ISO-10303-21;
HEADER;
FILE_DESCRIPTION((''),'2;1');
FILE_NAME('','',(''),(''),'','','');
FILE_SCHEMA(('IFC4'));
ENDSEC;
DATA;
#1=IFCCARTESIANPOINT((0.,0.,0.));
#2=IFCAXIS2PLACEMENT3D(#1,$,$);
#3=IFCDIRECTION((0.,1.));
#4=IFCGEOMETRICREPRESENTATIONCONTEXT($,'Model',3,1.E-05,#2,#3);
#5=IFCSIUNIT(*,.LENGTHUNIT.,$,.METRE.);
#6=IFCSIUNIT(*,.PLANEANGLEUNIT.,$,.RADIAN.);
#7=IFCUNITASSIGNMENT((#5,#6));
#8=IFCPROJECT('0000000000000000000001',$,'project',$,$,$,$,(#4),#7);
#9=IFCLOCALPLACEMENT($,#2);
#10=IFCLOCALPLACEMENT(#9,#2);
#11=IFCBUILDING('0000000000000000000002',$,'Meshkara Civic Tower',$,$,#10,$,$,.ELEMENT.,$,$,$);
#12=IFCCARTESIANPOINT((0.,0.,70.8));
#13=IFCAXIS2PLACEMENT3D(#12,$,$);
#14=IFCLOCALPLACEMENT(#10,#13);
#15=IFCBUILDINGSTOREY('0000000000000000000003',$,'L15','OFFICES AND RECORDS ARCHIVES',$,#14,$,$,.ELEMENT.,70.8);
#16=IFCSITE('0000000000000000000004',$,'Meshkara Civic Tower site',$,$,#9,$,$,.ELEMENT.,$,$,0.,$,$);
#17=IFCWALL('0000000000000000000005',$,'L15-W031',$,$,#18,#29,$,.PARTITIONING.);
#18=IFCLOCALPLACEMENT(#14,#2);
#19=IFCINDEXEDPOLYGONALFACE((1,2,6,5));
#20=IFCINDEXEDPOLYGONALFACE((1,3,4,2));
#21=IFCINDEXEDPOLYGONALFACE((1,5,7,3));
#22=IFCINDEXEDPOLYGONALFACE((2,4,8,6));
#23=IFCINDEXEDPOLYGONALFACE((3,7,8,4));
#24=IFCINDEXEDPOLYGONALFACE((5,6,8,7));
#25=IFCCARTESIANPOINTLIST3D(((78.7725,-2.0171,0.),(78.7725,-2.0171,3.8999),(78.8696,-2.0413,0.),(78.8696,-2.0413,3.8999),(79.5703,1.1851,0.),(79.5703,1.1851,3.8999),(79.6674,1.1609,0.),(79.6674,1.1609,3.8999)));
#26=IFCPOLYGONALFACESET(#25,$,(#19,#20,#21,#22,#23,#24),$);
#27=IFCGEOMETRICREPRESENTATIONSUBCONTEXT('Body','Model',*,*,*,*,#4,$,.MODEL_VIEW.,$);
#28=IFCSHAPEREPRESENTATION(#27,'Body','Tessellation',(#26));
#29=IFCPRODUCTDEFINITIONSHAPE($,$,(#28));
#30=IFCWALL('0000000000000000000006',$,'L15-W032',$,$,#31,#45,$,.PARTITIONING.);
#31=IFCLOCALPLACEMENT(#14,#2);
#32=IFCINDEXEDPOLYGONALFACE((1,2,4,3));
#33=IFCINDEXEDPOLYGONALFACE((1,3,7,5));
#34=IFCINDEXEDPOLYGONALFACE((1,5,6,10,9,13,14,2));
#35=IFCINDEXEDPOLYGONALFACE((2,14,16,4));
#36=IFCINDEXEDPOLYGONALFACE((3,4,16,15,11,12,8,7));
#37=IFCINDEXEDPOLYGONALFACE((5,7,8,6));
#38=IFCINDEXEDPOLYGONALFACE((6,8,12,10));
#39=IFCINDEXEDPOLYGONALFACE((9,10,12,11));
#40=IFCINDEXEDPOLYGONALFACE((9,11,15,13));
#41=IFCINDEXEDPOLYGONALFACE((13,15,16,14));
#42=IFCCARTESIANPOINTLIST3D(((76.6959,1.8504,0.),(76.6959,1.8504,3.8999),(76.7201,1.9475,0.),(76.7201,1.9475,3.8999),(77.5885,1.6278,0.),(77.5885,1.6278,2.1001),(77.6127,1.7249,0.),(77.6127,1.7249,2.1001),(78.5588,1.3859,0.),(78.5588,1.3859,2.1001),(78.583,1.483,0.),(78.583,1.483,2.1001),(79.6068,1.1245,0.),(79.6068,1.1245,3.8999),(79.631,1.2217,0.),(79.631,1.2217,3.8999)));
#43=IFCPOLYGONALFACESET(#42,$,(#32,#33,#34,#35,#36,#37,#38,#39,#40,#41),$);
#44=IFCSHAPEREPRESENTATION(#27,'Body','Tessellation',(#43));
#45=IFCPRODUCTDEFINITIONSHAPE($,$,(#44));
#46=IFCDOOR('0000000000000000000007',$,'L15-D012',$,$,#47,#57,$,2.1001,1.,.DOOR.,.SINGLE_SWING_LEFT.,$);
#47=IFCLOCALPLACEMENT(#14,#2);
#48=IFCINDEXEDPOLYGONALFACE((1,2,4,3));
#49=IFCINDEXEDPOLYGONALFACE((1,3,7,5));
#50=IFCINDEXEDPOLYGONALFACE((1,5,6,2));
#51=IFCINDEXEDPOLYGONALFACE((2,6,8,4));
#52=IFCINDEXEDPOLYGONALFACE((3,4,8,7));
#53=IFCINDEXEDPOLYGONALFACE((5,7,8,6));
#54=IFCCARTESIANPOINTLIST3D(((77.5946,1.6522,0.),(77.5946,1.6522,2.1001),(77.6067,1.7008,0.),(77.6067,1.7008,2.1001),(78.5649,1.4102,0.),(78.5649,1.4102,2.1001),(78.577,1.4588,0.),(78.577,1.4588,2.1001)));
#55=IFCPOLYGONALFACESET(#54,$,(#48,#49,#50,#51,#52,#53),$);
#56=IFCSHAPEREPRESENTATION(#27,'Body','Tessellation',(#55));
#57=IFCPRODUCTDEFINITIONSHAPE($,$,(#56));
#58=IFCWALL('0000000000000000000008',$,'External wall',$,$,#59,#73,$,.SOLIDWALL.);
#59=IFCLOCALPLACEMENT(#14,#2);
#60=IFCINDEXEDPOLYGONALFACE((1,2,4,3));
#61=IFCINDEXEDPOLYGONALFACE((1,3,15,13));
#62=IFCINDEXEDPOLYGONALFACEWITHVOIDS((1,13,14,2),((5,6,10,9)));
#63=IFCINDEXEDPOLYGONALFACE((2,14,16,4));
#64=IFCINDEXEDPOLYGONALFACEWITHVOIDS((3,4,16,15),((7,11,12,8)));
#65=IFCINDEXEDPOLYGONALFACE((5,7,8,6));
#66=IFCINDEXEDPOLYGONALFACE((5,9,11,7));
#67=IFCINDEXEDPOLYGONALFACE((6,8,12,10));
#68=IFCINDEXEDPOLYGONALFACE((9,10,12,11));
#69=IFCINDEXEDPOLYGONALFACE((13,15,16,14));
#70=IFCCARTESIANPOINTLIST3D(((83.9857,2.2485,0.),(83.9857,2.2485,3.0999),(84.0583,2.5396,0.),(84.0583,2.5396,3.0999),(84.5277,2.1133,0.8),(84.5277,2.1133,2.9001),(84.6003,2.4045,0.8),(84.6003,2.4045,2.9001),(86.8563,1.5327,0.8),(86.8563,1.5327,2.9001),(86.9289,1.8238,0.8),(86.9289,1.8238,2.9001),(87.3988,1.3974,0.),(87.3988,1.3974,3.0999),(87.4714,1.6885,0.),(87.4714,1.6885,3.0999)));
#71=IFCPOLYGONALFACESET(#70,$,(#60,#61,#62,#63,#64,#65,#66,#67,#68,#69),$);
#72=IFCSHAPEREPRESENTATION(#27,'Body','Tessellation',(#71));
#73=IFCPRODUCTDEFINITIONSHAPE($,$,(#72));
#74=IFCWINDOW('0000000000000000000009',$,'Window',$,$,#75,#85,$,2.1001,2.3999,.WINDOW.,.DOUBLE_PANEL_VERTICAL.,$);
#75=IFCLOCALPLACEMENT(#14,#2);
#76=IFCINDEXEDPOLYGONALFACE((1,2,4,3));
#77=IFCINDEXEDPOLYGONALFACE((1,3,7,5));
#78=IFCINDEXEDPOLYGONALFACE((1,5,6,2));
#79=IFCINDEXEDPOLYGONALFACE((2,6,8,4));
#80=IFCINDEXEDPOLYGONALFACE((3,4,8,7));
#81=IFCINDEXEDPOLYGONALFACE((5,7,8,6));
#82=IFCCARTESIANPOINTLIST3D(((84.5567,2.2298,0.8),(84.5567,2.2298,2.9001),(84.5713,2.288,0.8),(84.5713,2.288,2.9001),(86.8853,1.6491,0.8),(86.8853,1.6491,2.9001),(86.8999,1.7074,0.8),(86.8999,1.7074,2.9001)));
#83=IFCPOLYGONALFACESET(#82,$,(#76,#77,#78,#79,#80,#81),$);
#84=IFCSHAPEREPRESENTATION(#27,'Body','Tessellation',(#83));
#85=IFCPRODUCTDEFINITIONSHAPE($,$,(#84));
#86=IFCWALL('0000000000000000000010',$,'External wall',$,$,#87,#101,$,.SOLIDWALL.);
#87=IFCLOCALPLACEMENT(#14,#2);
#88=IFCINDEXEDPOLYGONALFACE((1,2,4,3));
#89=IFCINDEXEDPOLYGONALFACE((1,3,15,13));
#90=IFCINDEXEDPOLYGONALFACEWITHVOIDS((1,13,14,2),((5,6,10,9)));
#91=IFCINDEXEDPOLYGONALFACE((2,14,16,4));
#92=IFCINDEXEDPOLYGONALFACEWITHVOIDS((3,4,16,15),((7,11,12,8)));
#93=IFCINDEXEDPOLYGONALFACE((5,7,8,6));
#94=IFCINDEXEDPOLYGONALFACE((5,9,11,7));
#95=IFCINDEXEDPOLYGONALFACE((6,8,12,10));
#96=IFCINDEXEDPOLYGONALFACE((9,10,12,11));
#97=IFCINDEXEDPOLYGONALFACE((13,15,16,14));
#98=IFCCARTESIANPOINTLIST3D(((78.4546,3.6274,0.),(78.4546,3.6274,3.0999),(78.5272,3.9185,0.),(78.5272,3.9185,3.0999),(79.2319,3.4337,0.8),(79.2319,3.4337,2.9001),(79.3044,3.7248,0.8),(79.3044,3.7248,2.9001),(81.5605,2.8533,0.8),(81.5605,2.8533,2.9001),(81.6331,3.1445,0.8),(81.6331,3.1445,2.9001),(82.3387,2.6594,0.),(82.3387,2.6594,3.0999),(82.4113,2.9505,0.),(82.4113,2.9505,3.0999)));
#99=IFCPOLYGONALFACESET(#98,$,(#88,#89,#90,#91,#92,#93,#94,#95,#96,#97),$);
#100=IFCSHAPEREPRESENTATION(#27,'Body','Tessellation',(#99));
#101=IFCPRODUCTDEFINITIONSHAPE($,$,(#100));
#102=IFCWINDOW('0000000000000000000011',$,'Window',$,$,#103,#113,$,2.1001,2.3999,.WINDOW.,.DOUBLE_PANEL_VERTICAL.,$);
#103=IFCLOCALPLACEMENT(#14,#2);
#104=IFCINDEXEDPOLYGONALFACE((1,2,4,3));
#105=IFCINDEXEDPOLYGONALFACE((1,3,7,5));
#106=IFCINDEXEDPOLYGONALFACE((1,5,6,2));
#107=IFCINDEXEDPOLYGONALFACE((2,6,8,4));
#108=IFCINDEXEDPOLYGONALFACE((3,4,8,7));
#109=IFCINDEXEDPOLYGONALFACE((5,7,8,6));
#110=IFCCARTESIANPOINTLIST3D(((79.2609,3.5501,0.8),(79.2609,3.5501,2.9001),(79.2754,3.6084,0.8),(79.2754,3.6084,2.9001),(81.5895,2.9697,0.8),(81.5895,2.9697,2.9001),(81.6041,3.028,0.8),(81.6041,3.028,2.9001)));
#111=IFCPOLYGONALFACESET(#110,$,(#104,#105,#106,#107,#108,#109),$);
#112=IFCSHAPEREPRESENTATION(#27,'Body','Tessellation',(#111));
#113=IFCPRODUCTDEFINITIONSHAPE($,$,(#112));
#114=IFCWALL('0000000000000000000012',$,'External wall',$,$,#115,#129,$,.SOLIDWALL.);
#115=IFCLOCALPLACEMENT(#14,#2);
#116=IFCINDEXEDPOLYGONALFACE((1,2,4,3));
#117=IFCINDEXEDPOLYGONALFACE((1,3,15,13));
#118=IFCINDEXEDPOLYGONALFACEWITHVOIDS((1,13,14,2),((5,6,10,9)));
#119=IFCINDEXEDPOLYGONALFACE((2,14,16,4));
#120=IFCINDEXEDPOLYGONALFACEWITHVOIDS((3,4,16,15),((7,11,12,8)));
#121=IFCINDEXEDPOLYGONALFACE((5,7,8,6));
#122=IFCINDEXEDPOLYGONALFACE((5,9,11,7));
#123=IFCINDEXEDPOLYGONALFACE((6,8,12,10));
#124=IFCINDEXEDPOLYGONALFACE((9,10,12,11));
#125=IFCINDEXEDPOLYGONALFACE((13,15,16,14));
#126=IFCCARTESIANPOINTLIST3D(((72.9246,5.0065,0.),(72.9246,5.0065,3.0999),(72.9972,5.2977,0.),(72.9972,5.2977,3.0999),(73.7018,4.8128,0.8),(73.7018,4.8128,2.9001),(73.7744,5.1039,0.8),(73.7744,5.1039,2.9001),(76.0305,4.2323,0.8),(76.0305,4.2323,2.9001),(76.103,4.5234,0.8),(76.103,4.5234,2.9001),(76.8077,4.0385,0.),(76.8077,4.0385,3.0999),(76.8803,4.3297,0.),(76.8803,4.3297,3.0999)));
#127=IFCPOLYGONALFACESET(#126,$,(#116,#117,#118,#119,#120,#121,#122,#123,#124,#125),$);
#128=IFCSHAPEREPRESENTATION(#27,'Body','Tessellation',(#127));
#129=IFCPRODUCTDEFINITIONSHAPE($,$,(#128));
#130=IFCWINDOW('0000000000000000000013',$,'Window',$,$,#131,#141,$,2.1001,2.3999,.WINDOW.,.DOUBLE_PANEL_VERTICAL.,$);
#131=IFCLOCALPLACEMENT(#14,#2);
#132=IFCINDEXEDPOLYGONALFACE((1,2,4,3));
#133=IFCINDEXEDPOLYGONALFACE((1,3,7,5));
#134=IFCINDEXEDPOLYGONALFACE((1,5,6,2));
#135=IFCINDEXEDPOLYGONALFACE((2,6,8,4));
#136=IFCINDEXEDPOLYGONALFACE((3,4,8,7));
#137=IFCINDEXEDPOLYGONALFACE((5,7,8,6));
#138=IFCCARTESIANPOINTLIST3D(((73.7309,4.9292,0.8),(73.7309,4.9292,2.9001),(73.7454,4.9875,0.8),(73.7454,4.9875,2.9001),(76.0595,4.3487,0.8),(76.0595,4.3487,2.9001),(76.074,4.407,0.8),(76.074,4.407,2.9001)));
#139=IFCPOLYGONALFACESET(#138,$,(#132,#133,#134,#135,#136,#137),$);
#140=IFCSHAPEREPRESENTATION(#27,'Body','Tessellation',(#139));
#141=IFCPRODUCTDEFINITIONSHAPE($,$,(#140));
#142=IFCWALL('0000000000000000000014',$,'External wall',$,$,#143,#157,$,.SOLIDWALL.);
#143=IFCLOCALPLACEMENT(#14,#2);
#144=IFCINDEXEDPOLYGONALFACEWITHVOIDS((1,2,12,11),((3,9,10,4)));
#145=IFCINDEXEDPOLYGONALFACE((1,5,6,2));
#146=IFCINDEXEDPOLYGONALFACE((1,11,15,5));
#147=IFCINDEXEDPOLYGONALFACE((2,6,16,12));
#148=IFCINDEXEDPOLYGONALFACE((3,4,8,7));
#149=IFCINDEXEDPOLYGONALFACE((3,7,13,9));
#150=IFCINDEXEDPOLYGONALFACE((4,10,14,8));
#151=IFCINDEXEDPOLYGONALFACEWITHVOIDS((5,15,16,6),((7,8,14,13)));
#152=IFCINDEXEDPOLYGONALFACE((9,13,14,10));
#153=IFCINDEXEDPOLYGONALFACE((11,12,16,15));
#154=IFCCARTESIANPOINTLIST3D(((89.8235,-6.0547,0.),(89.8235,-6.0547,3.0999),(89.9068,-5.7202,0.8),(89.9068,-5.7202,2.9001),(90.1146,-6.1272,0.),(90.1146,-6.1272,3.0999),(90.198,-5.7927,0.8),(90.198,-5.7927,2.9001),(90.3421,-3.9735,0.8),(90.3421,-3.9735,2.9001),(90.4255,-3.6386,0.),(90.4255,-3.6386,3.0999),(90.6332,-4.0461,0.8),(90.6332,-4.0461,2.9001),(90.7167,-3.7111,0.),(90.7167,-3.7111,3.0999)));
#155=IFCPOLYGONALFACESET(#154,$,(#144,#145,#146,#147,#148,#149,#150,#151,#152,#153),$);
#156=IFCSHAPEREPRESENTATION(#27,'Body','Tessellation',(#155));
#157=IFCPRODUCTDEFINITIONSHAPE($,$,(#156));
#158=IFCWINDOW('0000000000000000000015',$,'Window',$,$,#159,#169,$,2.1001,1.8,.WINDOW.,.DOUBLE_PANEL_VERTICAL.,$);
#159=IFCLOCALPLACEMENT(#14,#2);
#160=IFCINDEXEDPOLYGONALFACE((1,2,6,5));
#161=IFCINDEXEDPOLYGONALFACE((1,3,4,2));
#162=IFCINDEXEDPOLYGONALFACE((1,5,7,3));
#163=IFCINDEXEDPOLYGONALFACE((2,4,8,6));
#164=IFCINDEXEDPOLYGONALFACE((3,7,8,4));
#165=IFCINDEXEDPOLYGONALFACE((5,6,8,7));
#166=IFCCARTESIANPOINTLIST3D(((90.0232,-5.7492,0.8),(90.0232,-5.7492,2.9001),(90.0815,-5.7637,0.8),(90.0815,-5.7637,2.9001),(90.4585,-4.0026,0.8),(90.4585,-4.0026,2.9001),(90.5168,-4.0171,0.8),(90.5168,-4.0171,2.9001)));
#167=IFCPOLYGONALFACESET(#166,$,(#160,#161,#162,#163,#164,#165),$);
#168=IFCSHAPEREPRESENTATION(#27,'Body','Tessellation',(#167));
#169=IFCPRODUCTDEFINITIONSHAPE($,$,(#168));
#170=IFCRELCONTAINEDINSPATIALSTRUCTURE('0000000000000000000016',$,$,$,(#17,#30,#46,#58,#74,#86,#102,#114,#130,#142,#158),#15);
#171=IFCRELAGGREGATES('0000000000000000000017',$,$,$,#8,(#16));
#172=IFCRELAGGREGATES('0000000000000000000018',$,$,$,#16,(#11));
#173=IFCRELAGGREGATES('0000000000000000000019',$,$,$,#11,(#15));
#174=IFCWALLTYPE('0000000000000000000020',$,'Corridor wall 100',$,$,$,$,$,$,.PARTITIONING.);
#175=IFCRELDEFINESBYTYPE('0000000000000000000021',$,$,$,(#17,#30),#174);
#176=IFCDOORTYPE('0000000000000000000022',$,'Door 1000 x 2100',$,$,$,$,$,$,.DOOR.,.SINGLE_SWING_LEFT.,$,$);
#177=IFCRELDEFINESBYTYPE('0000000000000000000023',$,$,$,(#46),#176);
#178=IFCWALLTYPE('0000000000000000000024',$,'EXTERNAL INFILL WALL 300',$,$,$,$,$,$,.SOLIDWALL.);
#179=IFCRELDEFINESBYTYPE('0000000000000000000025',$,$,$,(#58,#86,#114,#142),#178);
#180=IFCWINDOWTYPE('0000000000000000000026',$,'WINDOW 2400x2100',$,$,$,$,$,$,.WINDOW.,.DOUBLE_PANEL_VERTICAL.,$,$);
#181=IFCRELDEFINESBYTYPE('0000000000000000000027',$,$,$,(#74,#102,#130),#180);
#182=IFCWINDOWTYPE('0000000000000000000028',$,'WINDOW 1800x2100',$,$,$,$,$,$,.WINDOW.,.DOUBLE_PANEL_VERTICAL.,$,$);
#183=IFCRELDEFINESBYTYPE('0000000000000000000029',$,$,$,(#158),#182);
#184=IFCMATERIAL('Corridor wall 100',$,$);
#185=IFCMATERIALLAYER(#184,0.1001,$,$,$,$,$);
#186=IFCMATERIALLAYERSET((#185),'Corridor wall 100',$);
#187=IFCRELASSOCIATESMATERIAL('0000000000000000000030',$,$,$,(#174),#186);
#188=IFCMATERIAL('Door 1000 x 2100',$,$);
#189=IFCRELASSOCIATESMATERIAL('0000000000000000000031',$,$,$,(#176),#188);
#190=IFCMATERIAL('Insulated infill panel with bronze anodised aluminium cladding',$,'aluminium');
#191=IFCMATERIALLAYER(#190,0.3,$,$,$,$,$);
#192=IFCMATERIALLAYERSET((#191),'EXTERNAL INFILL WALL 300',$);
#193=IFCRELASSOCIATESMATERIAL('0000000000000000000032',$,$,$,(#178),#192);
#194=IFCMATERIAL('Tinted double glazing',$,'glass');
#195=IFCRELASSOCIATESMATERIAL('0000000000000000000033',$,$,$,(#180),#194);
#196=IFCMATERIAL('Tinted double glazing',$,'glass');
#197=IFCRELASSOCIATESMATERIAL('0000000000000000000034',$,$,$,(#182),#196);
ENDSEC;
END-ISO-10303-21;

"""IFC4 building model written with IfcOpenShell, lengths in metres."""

from ifc_helpers import new_model, si_unit, direction, frame, frame_2d, origin, place, context, subcontext, project, spatial, rectangle, extrude, material, layer, layer_set, type_object, element, fill, save


model = new_model("IFC4")

# Units and contexts
model_context = context("Model", 3, precision=1e-05, world=origin(), true_north=direction((0.0, 1.0)))
body_context = subcontext(model_context, "Body", "Model", "MODEL_VIEW")
ifc_project = project(units=[si_unit("LENGTHUNIT", "METRE"), si_unit("PLANEANGLEUNIT", "RADIAN")], contexts=[model_context])

# Site, building, storey
site_placement = place(None, origin())
site = spatial("IfcSite", under=ifc_project, at=site_placement, Name="Meshkara Civic Tower site", CompositionType="ELEMENT", RefElevation=0.0)
building_placement = place(site_placement, origin())
building = spatial("IfcBuilding", under=site, at=building_placement, Name="Meshkara Civic Tower", CompositionType="ELEMENT")
storey_placement = place(building_placement, frame((0.0, 0.0, 70.8)))
storey = spatial("IfcBuildingStorey", under=building, at=storey_placement, Name="L15", Description="OFFICES AND RECORDS ARCHIVES", CompositionType="ELEMENT", Elevation=70.8)

# Shared definitions
ifc_material_1 = material(Name="Corridor wall 100")
ifc_layer_1 = layer(ifc_material_1, 0.1001)
ifc_layer_set_1 = layer_set([ifc_layer_1], Name="Corridor wall 100")
wall_type_1 = type_object("IfcWallType", Name="Corridor wall 100", PredefinedType="PARTITIONING", material=ifc_layer_set_1)

# Shared definitions
ifc_material_2 = material(Name="Door 1000 x 2100")
door_type = type_object("IfcDoorType", Name="Door 1000 x 2100", OperationType="SINGLE_SWING_LEFT", PredefinedType="DOOR", material=ifc_material_2)

# Wall
wall_1_placement = place(storey_placement, frame((78.821, -2.0291, 0.0), z_axis=(0.0, 0.0, 1.0), x_axis=(0.24177, 0.970334, 0.0)))
element("IfcWall", 1, at=wall_1_placement, inside=storey, type_object=wall_type_1, Name="L15-W031", PredefinedType="PARTITIONING", context=body_context, shape_type="SweptSolid", body=[
    extrude(rectangle(XDim=3.3, YDim=0.1001, at=frame_2d((1.6499, 0.0))), origin(), (0.0, 0.0, 1.0), 3.8999),
])

# Wall, opening, door
wall_2_placement = place(storey_placement, frame((79.6189, 1.1731, 0.0), z_axis=(0.0, 0.0, 1.0), x_axis=(-0.970291, 0.241942, 0.0)))
wall_2 = element("IfcWall", 2, at=wall_2_placement, inside=storey, type_object=wall_type_1, Name="L15-W032", PredefinedType="PARTITIONING", context=body_context, shape_type="SweptSolid", body=[
    extrude(rectangle(XDim=3.0, YDim=0.1001, at=frame_2d((1.5, 0.0))), origin(), (0.0, 0.0, 1.0), 3.8999),
])
opening_1_placement = place(wall_2_placement, frame((1.0801, 0.0, 0.0)))
opening_1 = element("IfcOpeningElement", 3, at=opening_1_placement, cuts=wall_2, PredefinedType="OPENING", context=body_context, shape_type="SweptSolid", body=[
    extrude(rectangle(XDim=1.0, YDim=2.1001, at=frame_2d((0.5, 1.05))), frame((0.0, 0.0601, 0.0), z_axis=(0.0, -1.0, 0.0), x_axis=(1.0, 0.0, 0.0)), (0.0, 0.0, 1.0), 0.1201),
])
door_1_placement = place(opening_1_placement, origin())
door_1 = element("IfcDoor", 4, at=door_1_placement, inside=storey, type_object=door_type, Name="L15-D012", OperationType="SINGLE_SWING_LEFT", OverallHeight=2.1001, OverallWidth=1.0, PredefinedType="DOOR", context=body_context, shape_type="SweptSolid", body=[
    extrude(rectangle(XDim=1.0, YDim=2.1001, at=frame_2d((0.5, 1.05))), frame((0.0, 0.0249, 0.0), z_axis=(0.0, -1.0, 0.0), x_axis=(1.0, 0.0, 0.0)), (0.0, 0.0, 1.0), 0.05),
])
fill(opening_1, door_1)

# Walls, openings, windows
ifc_material_3 = material(Name="Insulated infill panel with bronze anodised aluminium cladding", Category="aluminium")
ifc_layer_2 = layer(ifc_material_3, 0.3)
ifc_layer_set_2 = layer_set([ifc_layer_2], Name="EXTERNAL INFILL WALL 300")
wall_type_2 = type_object("IfcWallType", Name="EXTERNAL INFILL WALL 300", PredefinedType="SOLIDWALL", material=ifc_layer_set_2)
wall_3_placement = place(storey_placement, frame((87.4351, 1.543, 0.0), z_axis=(0.0, 0.0, 1.0), x_axis=(-0.970289, 0.241948, 0.0)))
wall_3 = element("IfcWall", 5, at=wall_3_placement, inside=storey, type_object=wall_type_2, Name="External wall", PredefinedType="SOLIDWALL", context=body_context, shape_type="SweptSolid", body=[
    extrude(rectangle(XDim=3.5176, YDim=0.3, at=frame_2d((1.7588, 0.0))), origin(), (0.0, 0.0, 1.0), 3.0999),
])
opening_2_placement = place(wall_3_placement, frame((0.5591, 0.0, 0.8)))
opening_2 = element("IfcOpeningElement", 6, at=opening_2_placement, cuts=wall_3, PredefinedType="OPENING", context=body_context, shape_type="SweptSolid", body=[
    extrude(rectangle(XDim=2.3999, YDim=2.1001, at=frame_2d((1.2, 1.05))), frame((0.0, 0.1599, 0.0), z_axis=(0.0, -1.0, 0.0), x_axis=(1.0, 0.0, 0.0)), (0.0, 0.0, 1.0), 0.3201),
])
ifc_material_4 = material(Name="Tinted double glazing", Category="glass")
window_type_1 = type_object("IfcWindowType", Name="WINDOW 2400x2100", PartitioningType="DOUBLE_PANEL_VERTICAL", PredefinedType="WINDOW", material=ifc_material_4)
window_1_placement = place(opening_2_placement, origin())
window_1 = element("IfcWindow", 7, at=window_1_placement, inside=storey, type_object=window_type_1, Name="Window", OverallHeight=2.1001, OverallWidth=2.3999, PartitioningType="DOUBLE_PANEL_VERTICAL", PredefinedType="WINDOW", context=body_context, shape_type="SweptSolid", body=[
    extrude(rectangle(XDim=2.3999, YDim=2.1001, at=frame_2d((1.2, 1.05))), frame((0.0, 0.03, 0.0), z_axis=(0.0, -1.0, 0.0), x_axis=(1.0, 0.0, 0.0)), (0.0, 0.0, 1.0), 0.0601),
])
fill(opening_2, window_1)
wall_4_placement = place(storey_placement, frame((82.375, 2.8049, 0.0), z_axis=(0.0, 0.0, 1.0), x_axis=(-0.970318, 0.241832, 0.0)))
wall_4 = element("IfcWall", 8, at=wall_4_placement, inside=storey, type_object=wall_type_2, Name="External wall", PredefinedType="SOLIDWALL", context=body_context, shape_type="SweptSolid", body=[
    extrude(rectangle(XDim=4.0029, YDim=0.3, at=frame_2d((2.0015, 0.0))), origin(), (0.0, 0.0, 1.0), 3.0999),
])
opening_3_placement = place(wall_4_placement, frame((0.802, 0.0, 0.8)))
opening_3 = element("IfcOpeningElement", 9, at=opening_3_placement, cuts=wall_4, PredefinedType="OPENING", context=body_context, shape_type="SweptSolid", body=[
    extrude(rectangle(XDim=2.3999, YDim=2.1001, at=frame_2d((1.2, 1.05))), frame((0.0, 0.1599, 0.0), z_axis=(0.0, -1.0, 0.0), x_axis=(1.0, 0.0, 0.0)), (0.0, 0.0, 1.0), 0.3201),
])
window_2_placement = place(opening_3_placement, origin())
window_2 = element("IfcWindow", 10, at=window_2_placement, inside=storey, type_object=window_type_1, Name="Window", OverallHeight=2.1001, OverallWidth=2.3999, PartitioningType="DOUBLE_PANEL_VERTICAL", PredefinedType="WINDOW", context=body_context, shape_type="SweptSolid", body=[
    extrude(rectangle(XDim=2.3999, YDim=2.1001, at=frame_2d((1.2, 1.05))), frame((0.0, 0.03, 0.0), z_axis=(0.0, -1.0, 0.0), x_axis=(1.0, 0.0, 0.0)), (0.0, 0.0, 1.0), 0.0601),
])
fill(opening_3, window_2)
wall_5_placement = place(storey_placement, frame((76.844, 4.1841, 0.0), z_axis=(0.0, 0.0, 1.0), x_axis=(-0.970304, 0.24189, 0.0)))
wall_5 = element("IfcWall", 11, at=wall_5_placement, inside=storey, type_object=wall_type_2, Name="External wall", PredefinedType="SOLIDWALL", context=body_context, shape_type="SweptSolid", body=[
    extrude(rectangle(XDim=4.002, YDim=0.3, at=frame_2d((2.001, 0.0))), origin(), (0.0, 0.0, 1.0), 3.0999),
])
opening_4_placement = place(wall_5_placement, frame((0.801, 0.0, 0.8)))
opening_4 = element("IfcOpeningElement", 12, at=opening_4_placement, cuts=wall_5, PredefinedType="OPENING", context=body_context, shape_type="SweptSolid", body=[
    extrude(rectangle(XDim=2.3999, YDim=2.1001, at=frame_2d((1.2, 1.05))), frame((0.0, 0.1599, 0.0), z_axis=(0.0, -1.0, 0.0), x_axis=(1.0, 0.0, 0.0)), (0.0, 0.0, 1.0), 0.3201),
])
window_3_placement = place(opening_4_placement, origin())
window_3 = element("IfcWindow", 13, at=window_3_placement, inside=storey, type_object=window_type_1, Name="Window", OverallHeight=2.1001, OverallWidth=2.3999, PartitioningType="DOUBLE_PANEL_VERTICAL", PredefinedType="WINDOW", context=body_context, shape_type="SweptSolid", body=[
    extrude(rectangle(XDim=2.3999, YDim=2.1001, at=frame_2d((1.2, 1.05))), frame((0.0, 0.03, 0.0), z_axis=(0.0, -1.0, 0.0), x_axis=(1.0, 0.0, 0.0)), (0.0, 0.0, 1.0), 0.0601),
])
fill(opening_4, window_3)
wall_6_placement = place(storey_placement, frame((89.969, -6.0911, 0.0), z_axis=(0.0, 0.0, 1.0), x_axis=(0.241797, 0.970327, 0.0)))
wall_6 = element("IfcWall", 14, at=wall_6_placement, inside=storey, type_object=wall_type_2, Name="External wall", PredefinedType="SOLIDWALL", context=body_context, shape_type="SweptSolid", body=[
    extrude(rectangle(XDim=2.49, YDim=0.3, at=frame_2d((1.2451, 0.0))), origin(), (0.0, 0.0, 1.0), 3.0999),
])
opening_5_placement = place(wall_6_placement, frame((0.345, 0.0, 0.8)))
opening_5 = element("IfcOpeningElement", 15, at=opening_5_placement, cuts=wall_6, PredefinedType="OPENING", context=body_context, shape_type="SweptSolid", body=[
    extrude(rectangle(XDim=1.8, YDim=2.1001, at=frame_2d((0.8999, 1.05))), frame((0.0, 0.1599, 0.0), z_axis=(0.0, -1.0, 0.0), x_axis=(1.0, 0.0, 0.0)), (0.0, 0.0, 1.0), 0.3201),
])
ifc_material_5 = material(Name="Tinted double glazing", Category="glass")
window_type_2 = type_object("IfcWindowType", Name="WINDOW 1800x2100", PartitioningType="DOUBLE_PANEL_VERTICAL", PredefinedType="WINDOW", material=ifc_material_5)
window_4_placement = place(opening_5_placement, origin())
window_4 = element("IfcWindow", 16, at=window_4_placement, inside=storey, type_object=window_type_2, Name="Window", OverallHeight=2.1001, OverallWidth=1.8, PartitioningType="DOUBLE_PANEL_VERTICAL", PredefinedType="WINDOW", context=body_context, shape_type="SweptSolid", body=[
    extrude(rectangle(XDim=1.8, YDim=2.1001, at=frame_2d((0.8999, 1.05))), frame((0.0, 0.03, 0.0), z_axis=(0.0, -1.0, 0.0), x_axis=(1.0, 0.0, 0.0)), (0.0, 0.0, 1.0), 0.0601),
])
fill(opening_5, window_4)

save(model, "model.ifc")
